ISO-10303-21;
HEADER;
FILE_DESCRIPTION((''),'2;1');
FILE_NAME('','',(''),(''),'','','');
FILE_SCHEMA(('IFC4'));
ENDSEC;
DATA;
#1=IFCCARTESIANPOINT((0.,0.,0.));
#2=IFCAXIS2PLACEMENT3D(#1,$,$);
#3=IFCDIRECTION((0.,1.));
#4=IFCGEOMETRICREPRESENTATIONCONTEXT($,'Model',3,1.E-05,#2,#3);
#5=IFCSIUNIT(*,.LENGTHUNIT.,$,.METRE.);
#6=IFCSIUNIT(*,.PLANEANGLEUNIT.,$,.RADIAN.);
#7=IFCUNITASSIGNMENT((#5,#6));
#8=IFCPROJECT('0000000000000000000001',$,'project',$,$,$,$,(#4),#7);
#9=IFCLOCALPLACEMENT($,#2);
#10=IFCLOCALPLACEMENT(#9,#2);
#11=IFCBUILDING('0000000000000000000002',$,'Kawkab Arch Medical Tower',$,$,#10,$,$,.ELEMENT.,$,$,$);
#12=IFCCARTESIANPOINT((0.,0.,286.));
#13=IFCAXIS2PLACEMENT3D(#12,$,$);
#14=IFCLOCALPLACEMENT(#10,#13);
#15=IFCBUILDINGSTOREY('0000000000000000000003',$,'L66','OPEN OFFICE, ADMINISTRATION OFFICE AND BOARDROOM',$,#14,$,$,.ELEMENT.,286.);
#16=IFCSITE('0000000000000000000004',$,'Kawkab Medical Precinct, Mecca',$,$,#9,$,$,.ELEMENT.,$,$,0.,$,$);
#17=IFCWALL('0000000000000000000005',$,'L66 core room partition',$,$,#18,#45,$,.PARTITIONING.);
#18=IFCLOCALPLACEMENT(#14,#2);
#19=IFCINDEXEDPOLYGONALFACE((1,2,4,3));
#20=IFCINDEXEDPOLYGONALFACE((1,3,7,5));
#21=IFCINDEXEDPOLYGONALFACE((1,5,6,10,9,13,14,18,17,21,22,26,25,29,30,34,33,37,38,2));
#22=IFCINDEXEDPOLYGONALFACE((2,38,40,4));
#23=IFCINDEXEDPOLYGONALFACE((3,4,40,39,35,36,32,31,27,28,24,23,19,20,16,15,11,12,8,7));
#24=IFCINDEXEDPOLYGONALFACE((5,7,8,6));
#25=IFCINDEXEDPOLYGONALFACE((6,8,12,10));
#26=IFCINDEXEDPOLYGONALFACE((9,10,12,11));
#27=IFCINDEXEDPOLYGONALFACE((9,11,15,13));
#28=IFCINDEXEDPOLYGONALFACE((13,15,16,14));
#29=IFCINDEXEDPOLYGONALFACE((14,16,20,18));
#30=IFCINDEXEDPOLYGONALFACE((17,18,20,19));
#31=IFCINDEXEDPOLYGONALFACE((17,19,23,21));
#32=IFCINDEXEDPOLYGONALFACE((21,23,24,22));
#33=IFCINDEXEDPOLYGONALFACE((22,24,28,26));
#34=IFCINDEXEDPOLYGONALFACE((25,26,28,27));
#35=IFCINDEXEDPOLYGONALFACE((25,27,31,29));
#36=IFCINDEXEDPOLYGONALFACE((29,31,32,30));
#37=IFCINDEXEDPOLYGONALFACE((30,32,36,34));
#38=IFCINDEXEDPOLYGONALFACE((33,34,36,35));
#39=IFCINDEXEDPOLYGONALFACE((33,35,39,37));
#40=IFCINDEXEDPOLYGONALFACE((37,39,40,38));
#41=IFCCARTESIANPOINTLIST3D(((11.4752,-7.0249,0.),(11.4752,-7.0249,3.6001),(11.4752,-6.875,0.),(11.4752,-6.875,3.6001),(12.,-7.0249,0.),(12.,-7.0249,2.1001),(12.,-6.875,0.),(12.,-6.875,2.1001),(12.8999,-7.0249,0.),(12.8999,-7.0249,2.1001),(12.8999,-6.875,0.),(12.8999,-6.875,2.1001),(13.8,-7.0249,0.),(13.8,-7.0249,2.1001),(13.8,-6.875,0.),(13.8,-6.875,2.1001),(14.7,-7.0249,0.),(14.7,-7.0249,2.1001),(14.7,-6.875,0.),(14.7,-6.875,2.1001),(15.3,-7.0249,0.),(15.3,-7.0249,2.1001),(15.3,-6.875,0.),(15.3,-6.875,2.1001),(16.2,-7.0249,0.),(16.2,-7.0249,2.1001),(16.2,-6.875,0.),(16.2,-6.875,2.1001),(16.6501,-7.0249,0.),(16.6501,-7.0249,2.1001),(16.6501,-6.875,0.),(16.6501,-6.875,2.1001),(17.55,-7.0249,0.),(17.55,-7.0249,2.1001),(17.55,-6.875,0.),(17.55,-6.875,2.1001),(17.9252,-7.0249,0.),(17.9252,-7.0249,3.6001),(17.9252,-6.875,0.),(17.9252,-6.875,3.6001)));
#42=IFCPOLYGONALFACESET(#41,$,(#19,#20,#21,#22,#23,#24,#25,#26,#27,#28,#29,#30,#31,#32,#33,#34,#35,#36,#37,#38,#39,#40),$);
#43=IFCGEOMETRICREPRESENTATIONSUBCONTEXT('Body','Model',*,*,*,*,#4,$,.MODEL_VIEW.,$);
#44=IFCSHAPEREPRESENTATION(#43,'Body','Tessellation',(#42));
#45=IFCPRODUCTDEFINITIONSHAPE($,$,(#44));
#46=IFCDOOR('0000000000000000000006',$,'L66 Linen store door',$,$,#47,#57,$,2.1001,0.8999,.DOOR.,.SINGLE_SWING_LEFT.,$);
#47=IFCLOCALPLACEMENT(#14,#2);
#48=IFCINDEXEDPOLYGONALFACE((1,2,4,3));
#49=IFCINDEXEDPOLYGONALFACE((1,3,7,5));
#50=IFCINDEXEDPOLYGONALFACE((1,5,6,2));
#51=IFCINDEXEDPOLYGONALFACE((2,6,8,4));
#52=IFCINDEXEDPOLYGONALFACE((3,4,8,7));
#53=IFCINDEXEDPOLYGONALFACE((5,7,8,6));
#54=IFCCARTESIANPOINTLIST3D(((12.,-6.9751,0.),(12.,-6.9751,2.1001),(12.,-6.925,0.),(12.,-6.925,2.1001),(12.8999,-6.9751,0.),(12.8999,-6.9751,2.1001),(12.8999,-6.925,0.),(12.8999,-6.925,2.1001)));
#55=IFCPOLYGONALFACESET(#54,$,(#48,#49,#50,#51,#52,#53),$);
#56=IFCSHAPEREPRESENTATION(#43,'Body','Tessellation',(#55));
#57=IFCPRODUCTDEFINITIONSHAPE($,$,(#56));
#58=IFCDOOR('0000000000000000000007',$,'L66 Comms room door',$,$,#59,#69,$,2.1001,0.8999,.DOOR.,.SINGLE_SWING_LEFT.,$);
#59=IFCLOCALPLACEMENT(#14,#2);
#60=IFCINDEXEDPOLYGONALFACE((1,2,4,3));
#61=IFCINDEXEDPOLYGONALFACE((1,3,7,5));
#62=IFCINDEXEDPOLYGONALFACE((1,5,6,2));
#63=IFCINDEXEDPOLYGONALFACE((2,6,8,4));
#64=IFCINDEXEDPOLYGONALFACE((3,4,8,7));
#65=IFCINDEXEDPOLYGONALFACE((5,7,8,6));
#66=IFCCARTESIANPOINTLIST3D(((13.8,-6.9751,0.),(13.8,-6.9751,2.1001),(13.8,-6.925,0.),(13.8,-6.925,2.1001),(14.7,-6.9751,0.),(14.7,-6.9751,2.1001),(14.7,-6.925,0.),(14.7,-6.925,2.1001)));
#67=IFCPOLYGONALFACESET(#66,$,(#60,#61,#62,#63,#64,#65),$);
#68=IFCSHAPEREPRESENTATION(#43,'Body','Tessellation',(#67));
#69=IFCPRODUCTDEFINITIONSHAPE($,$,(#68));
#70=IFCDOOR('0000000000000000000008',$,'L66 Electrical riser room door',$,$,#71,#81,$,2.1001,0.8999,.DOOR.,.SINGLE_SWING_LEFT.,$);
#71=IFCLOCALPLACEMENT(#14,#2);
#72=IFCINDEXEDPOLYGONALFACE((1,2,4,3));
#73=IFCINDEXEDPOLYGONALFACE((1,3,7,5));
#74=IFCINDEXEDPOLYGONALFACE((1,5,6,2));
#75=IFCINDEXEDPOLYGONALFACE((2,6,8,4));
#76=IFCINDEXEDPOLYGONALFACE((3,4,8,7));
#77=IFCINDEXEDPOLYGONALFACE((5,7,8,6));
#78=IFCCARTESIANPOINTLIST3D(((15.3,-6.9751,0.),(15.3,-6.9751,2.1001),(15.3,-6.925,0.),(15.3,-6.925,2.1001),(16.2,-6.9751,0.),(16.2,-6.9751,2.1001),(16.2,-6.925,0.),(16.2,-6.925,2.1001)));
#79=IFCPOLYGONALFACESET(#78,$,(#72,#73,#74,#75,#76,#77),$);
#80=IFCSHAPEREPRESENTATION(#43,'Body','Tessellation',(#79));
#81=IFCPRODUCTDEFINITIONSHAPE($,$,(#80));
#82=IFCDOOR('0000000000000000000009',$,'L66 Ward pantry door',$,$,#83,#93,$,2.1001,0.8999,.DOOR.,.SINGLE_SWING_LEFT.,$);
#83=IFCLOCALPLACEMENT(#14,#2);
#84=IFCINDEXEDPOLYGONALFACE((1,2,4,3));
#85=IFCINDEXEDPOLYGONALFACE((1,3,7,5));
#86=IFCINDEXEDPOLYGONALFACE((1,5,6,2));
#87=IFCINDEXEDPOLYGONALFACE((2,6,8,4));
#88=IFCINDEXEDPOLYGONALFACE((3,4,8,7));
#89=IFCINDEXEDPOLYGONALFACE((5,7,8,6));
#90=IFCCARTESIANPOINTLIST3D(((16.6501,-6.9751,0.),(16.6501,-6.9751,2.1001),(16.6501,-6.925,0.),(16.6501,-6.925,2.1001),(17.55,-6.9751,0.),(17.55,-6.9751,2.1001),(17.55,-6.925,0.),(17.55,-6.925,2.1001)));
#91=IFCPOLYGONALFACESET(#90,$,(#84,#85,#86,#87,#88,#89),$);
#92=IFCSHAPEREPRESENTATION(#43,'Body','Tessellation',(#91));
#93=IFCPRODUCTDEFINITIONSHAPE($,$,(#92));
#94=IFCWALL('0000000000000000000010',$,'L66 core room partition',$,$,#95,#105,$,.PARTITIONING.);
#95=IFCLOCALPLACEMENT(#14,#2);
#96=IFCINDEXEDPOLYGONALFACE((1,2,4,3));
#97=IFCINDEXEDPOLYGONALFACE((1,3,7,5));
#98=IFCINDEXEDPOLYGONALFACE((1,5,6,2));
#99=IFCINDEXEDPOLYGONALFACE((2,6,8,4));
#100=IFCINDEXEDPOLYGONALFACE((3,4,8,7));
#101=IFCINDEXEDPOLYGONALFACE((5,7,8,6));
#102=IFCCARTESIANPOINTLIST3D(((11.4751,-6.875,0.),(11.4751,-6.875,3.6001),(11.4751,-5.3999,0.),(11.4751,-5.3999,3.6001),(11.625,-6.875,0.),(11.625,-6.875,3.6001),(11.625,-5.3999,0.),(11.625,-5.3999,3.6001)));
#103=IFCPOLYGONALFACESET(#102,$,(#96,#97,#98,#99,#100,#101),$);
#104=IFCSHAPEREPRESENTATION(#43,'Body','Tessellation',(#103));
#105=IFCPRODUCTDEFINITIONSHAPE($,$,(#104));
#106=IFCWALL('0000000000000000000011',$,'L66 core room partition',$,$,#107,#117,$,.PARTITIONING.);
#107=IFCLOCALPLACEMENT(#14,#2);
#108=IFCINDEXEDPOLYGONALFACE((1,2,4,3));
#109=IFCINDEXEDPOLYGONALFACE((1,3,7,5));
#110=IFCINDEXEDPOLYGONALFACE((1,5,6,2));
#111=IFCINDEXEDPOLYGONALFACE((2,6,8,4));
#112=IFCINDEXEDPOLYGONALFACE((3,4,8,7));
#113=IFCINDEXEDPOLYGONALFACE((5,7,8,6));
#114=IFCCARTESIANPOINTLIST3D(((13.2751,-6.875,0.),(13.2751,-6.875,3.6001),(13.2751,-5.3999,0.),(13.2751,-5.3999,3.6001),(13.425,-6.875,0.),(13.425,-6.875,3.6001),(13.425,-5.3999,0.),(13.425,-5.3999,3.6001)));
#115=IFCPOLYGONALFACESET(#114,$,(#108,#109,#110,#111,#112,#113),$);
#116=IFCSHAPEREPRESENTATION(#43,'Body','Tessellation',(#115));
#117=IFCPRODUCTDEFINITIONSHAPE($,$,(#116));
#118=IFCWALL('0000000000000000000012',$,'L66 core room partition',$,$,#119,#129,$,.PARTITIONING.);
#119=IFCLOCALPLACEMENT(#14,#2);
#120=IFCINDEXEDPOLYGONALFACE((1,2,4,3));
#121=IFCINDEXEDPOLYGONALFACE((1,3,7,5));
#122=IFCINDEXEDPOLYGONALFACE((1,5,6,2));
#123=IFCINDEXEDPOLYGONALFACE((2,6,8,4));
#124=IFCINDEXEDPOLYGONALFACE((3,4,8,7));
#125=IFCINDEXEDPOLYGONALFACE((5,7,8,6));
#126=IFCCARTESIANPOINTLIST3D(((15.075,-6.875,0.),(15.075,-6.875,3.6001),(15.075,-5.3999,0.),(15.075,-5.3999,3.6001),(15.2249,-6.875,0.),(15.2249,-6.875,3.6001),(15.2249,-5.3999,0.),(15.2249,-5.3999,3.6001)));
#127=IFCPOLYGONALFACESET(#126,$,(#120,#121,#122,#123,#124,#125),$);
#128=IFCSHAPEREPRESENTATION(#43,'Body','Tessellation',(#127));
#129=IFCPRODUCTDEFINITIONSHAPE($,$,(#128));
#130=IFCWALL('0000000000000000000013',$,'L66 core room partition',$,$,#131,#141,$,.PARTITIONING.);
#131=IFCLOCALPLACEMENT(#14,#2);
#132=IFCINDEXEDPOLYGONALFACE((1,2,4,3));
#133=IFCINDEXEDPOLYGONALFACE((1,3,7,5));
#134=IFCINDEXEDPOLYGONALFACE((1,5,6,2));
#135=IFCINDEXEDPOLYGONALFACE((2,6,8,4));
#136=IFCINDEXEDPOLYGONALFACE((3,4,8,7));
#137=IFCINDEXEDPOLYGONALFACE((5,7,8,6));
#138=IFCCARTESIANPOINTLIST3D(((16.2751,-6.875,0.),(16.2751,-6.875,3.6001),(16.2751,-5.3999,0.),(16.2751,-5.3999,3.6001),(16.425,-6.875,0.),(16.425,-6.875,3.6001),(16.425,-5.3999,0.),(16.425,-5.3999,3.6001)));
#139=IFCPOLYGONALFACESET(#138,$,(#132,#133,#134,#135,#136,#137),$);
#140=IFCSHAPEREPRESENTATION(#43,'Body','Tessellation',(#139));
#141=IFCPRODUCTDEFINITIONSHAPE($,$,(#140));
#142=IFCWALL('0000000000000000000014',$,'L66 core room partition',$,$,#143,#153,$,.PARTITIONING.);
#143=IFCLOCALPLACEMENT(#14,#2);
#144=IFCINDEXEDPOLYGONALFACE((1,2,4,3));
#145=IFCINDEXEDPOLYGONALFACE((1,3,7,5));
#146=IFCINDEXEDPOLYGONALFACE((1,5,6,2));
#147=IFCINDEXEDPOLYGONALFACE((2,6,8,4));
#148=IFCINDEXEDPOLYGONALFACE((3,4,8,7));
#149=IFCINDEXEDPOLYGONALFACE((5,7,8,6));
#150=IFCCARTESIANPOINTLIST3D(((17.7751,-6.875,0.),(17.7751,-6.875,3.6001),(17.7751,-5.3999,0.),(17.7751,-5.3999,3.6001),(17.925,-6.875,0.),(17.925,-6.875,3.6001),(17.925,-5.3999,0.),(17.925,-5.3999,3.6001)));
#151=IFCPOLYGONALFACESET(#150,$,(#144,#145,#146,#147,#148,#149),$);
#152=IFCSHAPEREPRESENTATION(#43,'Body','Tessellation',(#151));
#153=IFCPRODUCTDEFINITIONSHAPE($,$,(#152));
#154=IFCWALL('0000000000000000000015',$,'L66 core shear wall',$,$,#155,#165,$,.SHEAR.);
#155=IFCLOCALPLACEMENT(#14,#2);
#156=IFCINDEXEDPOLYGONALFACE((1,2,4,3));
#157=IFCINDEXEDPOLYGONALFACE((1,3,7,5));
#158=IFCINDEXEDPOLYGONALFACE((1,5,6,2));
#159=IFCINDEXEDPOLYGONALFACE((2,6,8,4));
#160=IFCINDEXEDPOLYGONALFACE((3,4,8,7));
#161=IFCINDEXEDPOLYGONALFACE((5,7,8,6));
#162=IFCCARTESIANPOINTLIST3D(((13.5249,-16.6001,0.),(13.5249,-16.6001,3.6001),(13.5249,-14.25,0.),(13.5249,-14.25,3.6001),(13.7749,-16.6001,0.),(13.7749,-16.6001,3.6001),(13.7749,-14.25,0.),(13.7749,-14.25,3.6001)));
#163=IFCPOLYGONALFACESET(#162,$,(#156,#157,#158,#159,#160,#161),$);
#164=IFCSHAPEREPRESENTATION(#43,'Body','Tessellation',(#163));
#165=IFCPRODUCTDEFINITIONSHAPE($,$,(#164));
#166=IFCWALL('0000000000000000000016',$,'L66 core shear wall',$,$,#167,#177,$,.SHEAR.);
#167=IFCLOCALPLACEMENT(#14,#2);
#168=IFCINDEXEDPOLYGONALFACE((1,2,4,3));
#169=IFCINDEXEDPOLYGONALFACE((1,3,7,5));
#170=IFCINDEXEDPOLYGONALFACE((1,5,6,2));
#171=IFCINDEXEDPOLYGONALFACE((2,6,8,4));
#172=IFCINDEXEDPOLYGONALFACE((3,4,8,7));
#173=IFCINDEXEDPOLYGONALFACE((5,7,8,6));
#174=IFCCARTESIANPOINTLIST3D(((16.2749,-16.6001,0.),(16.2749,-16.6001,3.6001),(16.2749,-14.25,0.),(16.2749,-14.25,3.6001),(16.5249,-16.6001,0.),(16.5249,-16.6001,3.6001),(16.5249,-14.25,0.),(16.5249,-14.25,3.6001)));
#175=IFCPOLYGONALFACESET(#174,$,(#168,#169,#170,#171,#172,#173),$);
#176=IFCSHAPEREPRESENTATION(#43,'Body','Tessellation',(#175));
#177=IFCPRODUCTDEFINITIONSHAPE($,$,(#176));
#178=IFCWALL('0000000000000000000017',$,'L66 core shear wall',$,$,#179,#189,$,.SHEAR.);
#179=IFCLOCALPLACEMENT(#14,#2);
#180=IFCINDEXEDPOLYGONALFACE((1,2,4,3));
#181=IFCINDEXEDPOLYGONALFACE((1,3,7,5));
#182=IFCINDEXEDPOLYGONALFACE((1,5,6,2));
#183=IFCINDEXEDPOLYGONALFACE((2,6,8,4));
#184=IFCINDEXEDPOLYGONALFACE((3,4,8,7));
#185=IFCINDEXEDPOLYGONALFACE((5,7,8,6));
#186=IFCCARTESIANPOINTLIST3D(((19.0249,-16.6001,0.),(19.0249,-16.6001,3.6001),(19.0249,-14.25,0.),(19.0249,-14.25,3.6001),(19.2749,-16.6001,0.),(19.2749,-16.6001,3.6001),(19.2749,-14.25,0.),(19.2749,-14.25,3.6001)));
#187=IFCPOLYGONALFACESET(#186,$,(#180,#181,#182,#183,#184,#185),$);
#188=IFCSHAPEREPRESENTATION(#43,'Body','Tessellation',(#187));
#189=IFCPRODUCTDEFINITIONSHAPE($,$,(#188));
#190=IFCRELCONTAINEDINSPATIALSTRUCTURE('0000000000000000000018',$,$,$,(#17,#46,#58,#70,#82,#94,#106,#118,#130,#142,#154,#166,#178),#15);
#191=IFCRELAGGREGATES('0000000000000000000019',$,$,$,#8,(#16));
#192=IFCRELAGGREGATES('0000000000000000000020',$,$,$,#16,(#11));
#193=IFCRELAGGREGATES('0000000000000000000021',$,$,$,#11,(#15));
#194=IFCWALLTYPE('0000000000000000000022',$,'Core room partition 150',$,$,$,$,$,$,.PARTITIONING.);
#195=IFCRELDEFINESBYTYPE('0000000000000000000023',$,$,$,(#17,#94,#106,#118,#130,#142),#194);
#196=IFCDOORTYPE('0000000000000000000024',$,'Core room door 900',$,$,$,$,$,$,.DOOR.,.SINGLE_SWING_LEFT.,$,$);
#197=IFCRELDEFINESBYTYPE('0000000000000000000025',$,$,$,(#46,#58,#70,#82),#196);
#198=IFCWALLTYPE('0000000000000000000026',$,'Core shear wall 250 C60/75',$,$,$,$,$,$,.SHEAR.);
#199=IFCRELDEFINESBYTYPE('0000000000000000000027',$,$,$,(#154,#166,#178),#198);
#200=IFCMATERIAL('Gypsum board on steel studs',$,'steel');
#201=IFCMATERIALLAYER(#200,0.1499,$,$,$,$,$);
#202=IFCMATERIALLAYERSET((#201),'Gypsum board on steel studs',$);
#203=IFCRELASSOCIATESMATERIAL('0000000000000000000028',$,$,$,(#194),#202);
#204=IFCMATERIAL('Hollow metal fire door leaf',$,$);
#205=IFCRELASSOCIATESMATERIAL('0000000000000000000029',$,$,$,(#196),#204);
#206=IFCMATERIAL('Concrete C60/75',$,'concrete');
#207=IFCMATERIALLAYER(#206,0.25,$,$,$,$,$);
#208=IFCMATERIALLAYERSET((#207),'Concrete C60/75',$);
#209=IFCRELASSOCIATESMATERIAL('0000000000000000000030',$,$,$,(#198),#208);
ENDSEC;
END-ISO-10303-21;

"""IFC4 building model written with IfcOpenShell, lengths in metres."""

from ifc_helpers import new_model, si_unit, direction, frame, frame_2d, origin, place, context, subcontext, project, spatial, rectangle, extrude, material, layer, layer_set, type_object, element, fill, save


model = new_model("IFC4")

# Units and contexts
model_context = context("Model", 3, precision=1e-05, world=origin(), true_north=direction((0.0, 1.0)))
body_context = subcontext(model_context, "Body", "Model", "MODEL_VIEW")
ifc_project = project(units=[si_unit("LENGTHUNIT", "METRE"), si_unit("PLANEANGLEUNIT", "RADIAN")], contexts=[model_context])

# Site, building, storey
site_placement = place(None, origin())
site = spatial("IfcSite", under=ifc_project, at=site_placement, Name="Kawkab Medical Precinct, Mecca", CompositionType="ELEMENT", RefElevation=0.0)
building_placement = place(site_placement, origin())
building = spatial("IfcBuilding", under=site, at=building_placement, Name="Kawkab Arch Medical Tower", CompositionType="ELEMENT")
storey_placement = place(building_placement, frame((0.0, 0.0, 286.0)))
storey = spatial("IfcBuildingStorey", under=building, at=storey_placement, Name="L66", Description="OPEN OFFICE, ADMINISTRATION OFFICE AND BOARDROOM", CompositionType="ELEMENT", Elevation=286.0)

# Wall, openings, doors
ifc_material_1 = material(Name="Gypsum board on steel studs", Category="steel")
ifc_layer_1 = layer(ifc_material_1, 0.1499)
ifc_layer_set_1 = layer_set([ifc_layer_1], Name="Gypsum board on steel studs")
wall_type_1 = type_object("IfcWallType", Name="Core room partition 150", PredefinedType="PARTITIONING", material=ifc_layer_set_1)
wall_1_placement = place(storey_placement, frame((11.4751, -6.95, 0.0), z_axis=(0.0, 0.0, 1.0), x_axis=(1.0, 0.0, 0.0)))
wall_1 = element("IfcWall", 1, at=wall_1_placement, inside=storey, type_object=wall_type_1, Name="L66 core room partition", PredefinedType="PARTITIONING", context=body_context, shape_type="SweptSolid", body=[
    extrude(rectangle(XDim=6.45, YDim=0.1499, at=frame_2d((3.2251, 0.0))), origin(), (0.0, 0.0, 1.0), 3.6001),
])
opening_1_placement = place(wall_1_placement, frame((0.5249, 0.0, 0.0)))
opening_1 = element("IfcOpeningElement", 2, at=opening_1_placement, cuts=wall_1, PredefinedType="OPENING", context=body_context, shape_type="SweptSolid", body=[
    extrude(rectangle(XDim=0.8999, YDim=2.1001, at=frame_2d((0.45, 1.05))), frame((0.0, 0.085, 0.0), z_axis=(0.0, -1.0, 0.0), x_axis=(1.0, 0.0, 0.0)), (0.0, 0.0, 1.0), 0.1699),
])
opening_2_placement = place(wall_1_placement, frame((2.325, 0.0, 0.0)))
opening_2 = element("IfcOpeningElement", 3, at=opening_2_placement, cuts=wall_1, PredefinedType="OPENING", context=body_context, shape_type="SweptSolid", body=[
    extrude(rectangle(XDim=0.8999, YDim=2.1001, at=frame_2d((0.45, 1.05))), frame((0.0, 0.085, 0.0), z_axis=(0.0, -1.0, 0.0), x_axis=(1.0, 0.0, 0.0)), (0.0, 0.0, 1.0), 0.1699),
])
opening_3_placement = place(wall_1_placement, frame((3.825, 0.0, 0.0)))
opening_3 = element("IfcOpeningElement", 4, at=opening_3_placement, cuts=wall_1, PredefinedType="OPENING", context=body_context, shape_type="SweptSolid", body=[
    extrude(rectangle(XDim=0.8999, YDim=2.1001, at=frame_2d((0.45, 1.05))), frame((0.0, 0.085, 0.0), z_axis=(0.0, -1.0, 0.0), x_axis=(1.0, 0.0, 0.0)), (0.0, 0.0, 1.0), 0.1699),
])
opening_4_placement = place(wall_1_placement, frame((5.175, 0.0, 0.0)))
opening_4 = element("IfcOpeningElement", 5, at=opening_4_placement, cuts=wall_1, PredefinedType="OPENING", context=body_context, shape_type="SweptSolid", body=[
    extrude(rectangle(XDim=0.8999, YDim=2.1001, at=frame_2d((0.45, 1.05))), frame((0.0, 0.085, 0.0), z_axis=(0.0, -1.0, 0.0), x_axis=(1.0, 0.0, 0.0)), (0.0, 0.0, 1.0), 0.1699),
])
ifc_material_2 = material(Name="Hollow metal fire door leaf")
door_type = type_object("IfcDoorType", Name="Core room door 900", OperationType="SINGLE_SWING_LEFT", PredefinedType="DOOR", material=ifc_material_2)
door_1_placement = place(opening_1_placement, origin())
door_1 = element("IfcDoor", 6, at=door_1_placement, inside=storey, type_object=door_type, Name="L66 Linen store door", OperationType="SINGLE_SWING_LEFT", OverallHeight=2.1001, OverallWidth=0.8999, PredefinedType="DOOR", context=body_context, shape_type="SweptSolid", body=[
    extrude(rectangle(XDim=0.8999, YDim=2.1001, at=frame_2d((0.45, 1.05))), frame((0.0, 0.0249, 0.0), z_axis=(0.0, -1.0, 0.0), x_axis=(1.0, 0.0, 0.0)), (0.0, 0.0, 1.0), 0.05),
])
fill(opening_1, door_1)
door_2_placement = place(opening_2_placement, origin())
door_2 = element("IfcDoor", 7, at=door_2_placement, inside=storey, type_object=door_type, Name="L66 Comms room door", OperationType="SINGLE_SWING_LEFT", OverallHeight=2.1001, OverallWidth=0.8999, PredefinedType="DOOR", context=body_context, shape_type="SweptSolid", body=[
    extrude(rectangle(XDim=0.8999, YDim=2.1001, at=frame_2d((0.45, 1.05))), frame((0.0, 0.0249, 0.0), z_axis=(0.0, -1.0, 0.0), x_axis=(1.0, 0.0, 0.0)), (0.0, 0.0, 1.0), 0.05),
])
fill(opening_2, door_2)
door_3_placement = place(opening_3_placement, origin())
door_3 = element("IfcDoor", 8, at=door_3_placement, inside=storey, type_object=door_type, Name="L66 Electrical riser room door", OperationType="SINGLE_SWING_LEFT", OverallHeight=2.1001, OverallWidth=0.8999, PredefinedType="DOOR", context=body_context, shape_type="SweptSolid", body=[
    extrude(rectangle(XDim=0.8999, YDim=2.1001, at=frame_2d((0.45, 1.05))), frame((0.0, 0.0249, 0.0), z_axis=(0.0, -1.0, 0.0), x_axis=(1.0, 0.0, 0.0)), (0.0, 0.0, 1.0), 0.05),
])
fill(opening_3, door_3)
door_4_placement = place(opening_4_placement, origin())
door_4 = element("IfcDoor", 9, at=door_4_placement, inside=storey, type_object=door_type, Name="L66 Ward pantry door", OperationType="SINGLE_SWING_LEFT", OverallHeight=2.1001, OverallWidth=0.8999, PredefinedType="DOOR", context=body_context, shape_type="SweptSolid", body=[
    extrude(rectangle(XDim=0.8999, YDim=2.1001, at=frame_2d((0.45, 1.05))), frame((0.0, 0.0249, 0.0), z_axis=(0.0, -1.0, 0.0), x_axis=(1.0, 0.0, 0.0)), (0.0, 0.0, 1.0), 0.05),
])
fill(opening_4, door_4)

# Walls
for number, where, z_axis, x_axis, name in (
    (10, (11.55, -6.875, 0.0), (0.0, 0.0, 1.0), (0.0, 1.0, 0.0), "L66 core room partition"),
    (11, (13.3501, -6.875, 0.0), (0.0, 0.0, 1.0), (0.0, 1.0, 0.0), "L66 core room partition"),
    (12, (15.1499, -6.875, 0.0), (0.0, 0.0, 1.0), (0.0, 1.0, 0.0), "L66 core room partition"),
    (13, (16.3501, -6.875, 0.0), (0.0, 0.0, 1.0), (0.0, 1.0, 0.0), "L66 core room partition"),
    (14, (17.8501, -6.875, 0.0), (0.0, 0.0, 1.0), (0.0, 1.0, 0.0), "L66 core room partition"),
):
    element("IfcWall", number, at=place(storey_placement, frame(where, z_axis=z_axis, x_axis=x_axis)), inside=storey, type_object=wall_type_1, Name=name, PredefinedType="PARTITIONING", context=body_context, shape_type="SweptSolid", body=[
        extrude(rectangle(XDim=1.4751, YDim=0.1499, at=frame_2d((0.7375, 0.0))), origin(), (0.0, 0.0, 1.0), 3.6001),
    ])
ifc_material_3 = material(Name="Concrete C60/75", Category="concrete")
ifc_layer_2 = layer(ifc_material_3, 0.25)
ifc_layer_set_2 = layer_set([ifc_layer_2], Name="Concrete C60/75")
wall_type_2 = type_object("IfcWallType", Name="Core shear wall 250 C60/75", PredefinedType="SHEAR", material=ifc_layer_set_2)
for number, where, z_axis, x_axis, name in (
    (15, (13.6499, -16.6001, 0.0), (0.0, 0.0, 1.0), (0.0, 1.0, 0.0), "L66 core shear wall"),
    (16, (16.3999, -16.6001, 0.0), (0.0, 0.0, 1.0), (0.0, 1.0, 0.0), "L66 core shear wall"),
    (17, (19.1499, -16.6001, 0.0), (0.0, 0.0, 1.0), (0.0, 1.0, 0.0), "L66 core shear wall"),
):
    element("IfcWall", number, at=place(storey_placement, frame(where, z_axis=z_axis, x_axis=x_axis)), inside=storey, type_object=wall_type_2, Name=name, PredefinedType="SHEAR", context=body_context, shape_type="SweptSolid", body=[
        extrude(rectangle(XDim=2.3501, YDim=0.25, at=frame_2d((1.175, 0.0))), origin(), (0.0, 0.0, 1.0), 3.6001),
    ])

save(model, "model.ifc")
